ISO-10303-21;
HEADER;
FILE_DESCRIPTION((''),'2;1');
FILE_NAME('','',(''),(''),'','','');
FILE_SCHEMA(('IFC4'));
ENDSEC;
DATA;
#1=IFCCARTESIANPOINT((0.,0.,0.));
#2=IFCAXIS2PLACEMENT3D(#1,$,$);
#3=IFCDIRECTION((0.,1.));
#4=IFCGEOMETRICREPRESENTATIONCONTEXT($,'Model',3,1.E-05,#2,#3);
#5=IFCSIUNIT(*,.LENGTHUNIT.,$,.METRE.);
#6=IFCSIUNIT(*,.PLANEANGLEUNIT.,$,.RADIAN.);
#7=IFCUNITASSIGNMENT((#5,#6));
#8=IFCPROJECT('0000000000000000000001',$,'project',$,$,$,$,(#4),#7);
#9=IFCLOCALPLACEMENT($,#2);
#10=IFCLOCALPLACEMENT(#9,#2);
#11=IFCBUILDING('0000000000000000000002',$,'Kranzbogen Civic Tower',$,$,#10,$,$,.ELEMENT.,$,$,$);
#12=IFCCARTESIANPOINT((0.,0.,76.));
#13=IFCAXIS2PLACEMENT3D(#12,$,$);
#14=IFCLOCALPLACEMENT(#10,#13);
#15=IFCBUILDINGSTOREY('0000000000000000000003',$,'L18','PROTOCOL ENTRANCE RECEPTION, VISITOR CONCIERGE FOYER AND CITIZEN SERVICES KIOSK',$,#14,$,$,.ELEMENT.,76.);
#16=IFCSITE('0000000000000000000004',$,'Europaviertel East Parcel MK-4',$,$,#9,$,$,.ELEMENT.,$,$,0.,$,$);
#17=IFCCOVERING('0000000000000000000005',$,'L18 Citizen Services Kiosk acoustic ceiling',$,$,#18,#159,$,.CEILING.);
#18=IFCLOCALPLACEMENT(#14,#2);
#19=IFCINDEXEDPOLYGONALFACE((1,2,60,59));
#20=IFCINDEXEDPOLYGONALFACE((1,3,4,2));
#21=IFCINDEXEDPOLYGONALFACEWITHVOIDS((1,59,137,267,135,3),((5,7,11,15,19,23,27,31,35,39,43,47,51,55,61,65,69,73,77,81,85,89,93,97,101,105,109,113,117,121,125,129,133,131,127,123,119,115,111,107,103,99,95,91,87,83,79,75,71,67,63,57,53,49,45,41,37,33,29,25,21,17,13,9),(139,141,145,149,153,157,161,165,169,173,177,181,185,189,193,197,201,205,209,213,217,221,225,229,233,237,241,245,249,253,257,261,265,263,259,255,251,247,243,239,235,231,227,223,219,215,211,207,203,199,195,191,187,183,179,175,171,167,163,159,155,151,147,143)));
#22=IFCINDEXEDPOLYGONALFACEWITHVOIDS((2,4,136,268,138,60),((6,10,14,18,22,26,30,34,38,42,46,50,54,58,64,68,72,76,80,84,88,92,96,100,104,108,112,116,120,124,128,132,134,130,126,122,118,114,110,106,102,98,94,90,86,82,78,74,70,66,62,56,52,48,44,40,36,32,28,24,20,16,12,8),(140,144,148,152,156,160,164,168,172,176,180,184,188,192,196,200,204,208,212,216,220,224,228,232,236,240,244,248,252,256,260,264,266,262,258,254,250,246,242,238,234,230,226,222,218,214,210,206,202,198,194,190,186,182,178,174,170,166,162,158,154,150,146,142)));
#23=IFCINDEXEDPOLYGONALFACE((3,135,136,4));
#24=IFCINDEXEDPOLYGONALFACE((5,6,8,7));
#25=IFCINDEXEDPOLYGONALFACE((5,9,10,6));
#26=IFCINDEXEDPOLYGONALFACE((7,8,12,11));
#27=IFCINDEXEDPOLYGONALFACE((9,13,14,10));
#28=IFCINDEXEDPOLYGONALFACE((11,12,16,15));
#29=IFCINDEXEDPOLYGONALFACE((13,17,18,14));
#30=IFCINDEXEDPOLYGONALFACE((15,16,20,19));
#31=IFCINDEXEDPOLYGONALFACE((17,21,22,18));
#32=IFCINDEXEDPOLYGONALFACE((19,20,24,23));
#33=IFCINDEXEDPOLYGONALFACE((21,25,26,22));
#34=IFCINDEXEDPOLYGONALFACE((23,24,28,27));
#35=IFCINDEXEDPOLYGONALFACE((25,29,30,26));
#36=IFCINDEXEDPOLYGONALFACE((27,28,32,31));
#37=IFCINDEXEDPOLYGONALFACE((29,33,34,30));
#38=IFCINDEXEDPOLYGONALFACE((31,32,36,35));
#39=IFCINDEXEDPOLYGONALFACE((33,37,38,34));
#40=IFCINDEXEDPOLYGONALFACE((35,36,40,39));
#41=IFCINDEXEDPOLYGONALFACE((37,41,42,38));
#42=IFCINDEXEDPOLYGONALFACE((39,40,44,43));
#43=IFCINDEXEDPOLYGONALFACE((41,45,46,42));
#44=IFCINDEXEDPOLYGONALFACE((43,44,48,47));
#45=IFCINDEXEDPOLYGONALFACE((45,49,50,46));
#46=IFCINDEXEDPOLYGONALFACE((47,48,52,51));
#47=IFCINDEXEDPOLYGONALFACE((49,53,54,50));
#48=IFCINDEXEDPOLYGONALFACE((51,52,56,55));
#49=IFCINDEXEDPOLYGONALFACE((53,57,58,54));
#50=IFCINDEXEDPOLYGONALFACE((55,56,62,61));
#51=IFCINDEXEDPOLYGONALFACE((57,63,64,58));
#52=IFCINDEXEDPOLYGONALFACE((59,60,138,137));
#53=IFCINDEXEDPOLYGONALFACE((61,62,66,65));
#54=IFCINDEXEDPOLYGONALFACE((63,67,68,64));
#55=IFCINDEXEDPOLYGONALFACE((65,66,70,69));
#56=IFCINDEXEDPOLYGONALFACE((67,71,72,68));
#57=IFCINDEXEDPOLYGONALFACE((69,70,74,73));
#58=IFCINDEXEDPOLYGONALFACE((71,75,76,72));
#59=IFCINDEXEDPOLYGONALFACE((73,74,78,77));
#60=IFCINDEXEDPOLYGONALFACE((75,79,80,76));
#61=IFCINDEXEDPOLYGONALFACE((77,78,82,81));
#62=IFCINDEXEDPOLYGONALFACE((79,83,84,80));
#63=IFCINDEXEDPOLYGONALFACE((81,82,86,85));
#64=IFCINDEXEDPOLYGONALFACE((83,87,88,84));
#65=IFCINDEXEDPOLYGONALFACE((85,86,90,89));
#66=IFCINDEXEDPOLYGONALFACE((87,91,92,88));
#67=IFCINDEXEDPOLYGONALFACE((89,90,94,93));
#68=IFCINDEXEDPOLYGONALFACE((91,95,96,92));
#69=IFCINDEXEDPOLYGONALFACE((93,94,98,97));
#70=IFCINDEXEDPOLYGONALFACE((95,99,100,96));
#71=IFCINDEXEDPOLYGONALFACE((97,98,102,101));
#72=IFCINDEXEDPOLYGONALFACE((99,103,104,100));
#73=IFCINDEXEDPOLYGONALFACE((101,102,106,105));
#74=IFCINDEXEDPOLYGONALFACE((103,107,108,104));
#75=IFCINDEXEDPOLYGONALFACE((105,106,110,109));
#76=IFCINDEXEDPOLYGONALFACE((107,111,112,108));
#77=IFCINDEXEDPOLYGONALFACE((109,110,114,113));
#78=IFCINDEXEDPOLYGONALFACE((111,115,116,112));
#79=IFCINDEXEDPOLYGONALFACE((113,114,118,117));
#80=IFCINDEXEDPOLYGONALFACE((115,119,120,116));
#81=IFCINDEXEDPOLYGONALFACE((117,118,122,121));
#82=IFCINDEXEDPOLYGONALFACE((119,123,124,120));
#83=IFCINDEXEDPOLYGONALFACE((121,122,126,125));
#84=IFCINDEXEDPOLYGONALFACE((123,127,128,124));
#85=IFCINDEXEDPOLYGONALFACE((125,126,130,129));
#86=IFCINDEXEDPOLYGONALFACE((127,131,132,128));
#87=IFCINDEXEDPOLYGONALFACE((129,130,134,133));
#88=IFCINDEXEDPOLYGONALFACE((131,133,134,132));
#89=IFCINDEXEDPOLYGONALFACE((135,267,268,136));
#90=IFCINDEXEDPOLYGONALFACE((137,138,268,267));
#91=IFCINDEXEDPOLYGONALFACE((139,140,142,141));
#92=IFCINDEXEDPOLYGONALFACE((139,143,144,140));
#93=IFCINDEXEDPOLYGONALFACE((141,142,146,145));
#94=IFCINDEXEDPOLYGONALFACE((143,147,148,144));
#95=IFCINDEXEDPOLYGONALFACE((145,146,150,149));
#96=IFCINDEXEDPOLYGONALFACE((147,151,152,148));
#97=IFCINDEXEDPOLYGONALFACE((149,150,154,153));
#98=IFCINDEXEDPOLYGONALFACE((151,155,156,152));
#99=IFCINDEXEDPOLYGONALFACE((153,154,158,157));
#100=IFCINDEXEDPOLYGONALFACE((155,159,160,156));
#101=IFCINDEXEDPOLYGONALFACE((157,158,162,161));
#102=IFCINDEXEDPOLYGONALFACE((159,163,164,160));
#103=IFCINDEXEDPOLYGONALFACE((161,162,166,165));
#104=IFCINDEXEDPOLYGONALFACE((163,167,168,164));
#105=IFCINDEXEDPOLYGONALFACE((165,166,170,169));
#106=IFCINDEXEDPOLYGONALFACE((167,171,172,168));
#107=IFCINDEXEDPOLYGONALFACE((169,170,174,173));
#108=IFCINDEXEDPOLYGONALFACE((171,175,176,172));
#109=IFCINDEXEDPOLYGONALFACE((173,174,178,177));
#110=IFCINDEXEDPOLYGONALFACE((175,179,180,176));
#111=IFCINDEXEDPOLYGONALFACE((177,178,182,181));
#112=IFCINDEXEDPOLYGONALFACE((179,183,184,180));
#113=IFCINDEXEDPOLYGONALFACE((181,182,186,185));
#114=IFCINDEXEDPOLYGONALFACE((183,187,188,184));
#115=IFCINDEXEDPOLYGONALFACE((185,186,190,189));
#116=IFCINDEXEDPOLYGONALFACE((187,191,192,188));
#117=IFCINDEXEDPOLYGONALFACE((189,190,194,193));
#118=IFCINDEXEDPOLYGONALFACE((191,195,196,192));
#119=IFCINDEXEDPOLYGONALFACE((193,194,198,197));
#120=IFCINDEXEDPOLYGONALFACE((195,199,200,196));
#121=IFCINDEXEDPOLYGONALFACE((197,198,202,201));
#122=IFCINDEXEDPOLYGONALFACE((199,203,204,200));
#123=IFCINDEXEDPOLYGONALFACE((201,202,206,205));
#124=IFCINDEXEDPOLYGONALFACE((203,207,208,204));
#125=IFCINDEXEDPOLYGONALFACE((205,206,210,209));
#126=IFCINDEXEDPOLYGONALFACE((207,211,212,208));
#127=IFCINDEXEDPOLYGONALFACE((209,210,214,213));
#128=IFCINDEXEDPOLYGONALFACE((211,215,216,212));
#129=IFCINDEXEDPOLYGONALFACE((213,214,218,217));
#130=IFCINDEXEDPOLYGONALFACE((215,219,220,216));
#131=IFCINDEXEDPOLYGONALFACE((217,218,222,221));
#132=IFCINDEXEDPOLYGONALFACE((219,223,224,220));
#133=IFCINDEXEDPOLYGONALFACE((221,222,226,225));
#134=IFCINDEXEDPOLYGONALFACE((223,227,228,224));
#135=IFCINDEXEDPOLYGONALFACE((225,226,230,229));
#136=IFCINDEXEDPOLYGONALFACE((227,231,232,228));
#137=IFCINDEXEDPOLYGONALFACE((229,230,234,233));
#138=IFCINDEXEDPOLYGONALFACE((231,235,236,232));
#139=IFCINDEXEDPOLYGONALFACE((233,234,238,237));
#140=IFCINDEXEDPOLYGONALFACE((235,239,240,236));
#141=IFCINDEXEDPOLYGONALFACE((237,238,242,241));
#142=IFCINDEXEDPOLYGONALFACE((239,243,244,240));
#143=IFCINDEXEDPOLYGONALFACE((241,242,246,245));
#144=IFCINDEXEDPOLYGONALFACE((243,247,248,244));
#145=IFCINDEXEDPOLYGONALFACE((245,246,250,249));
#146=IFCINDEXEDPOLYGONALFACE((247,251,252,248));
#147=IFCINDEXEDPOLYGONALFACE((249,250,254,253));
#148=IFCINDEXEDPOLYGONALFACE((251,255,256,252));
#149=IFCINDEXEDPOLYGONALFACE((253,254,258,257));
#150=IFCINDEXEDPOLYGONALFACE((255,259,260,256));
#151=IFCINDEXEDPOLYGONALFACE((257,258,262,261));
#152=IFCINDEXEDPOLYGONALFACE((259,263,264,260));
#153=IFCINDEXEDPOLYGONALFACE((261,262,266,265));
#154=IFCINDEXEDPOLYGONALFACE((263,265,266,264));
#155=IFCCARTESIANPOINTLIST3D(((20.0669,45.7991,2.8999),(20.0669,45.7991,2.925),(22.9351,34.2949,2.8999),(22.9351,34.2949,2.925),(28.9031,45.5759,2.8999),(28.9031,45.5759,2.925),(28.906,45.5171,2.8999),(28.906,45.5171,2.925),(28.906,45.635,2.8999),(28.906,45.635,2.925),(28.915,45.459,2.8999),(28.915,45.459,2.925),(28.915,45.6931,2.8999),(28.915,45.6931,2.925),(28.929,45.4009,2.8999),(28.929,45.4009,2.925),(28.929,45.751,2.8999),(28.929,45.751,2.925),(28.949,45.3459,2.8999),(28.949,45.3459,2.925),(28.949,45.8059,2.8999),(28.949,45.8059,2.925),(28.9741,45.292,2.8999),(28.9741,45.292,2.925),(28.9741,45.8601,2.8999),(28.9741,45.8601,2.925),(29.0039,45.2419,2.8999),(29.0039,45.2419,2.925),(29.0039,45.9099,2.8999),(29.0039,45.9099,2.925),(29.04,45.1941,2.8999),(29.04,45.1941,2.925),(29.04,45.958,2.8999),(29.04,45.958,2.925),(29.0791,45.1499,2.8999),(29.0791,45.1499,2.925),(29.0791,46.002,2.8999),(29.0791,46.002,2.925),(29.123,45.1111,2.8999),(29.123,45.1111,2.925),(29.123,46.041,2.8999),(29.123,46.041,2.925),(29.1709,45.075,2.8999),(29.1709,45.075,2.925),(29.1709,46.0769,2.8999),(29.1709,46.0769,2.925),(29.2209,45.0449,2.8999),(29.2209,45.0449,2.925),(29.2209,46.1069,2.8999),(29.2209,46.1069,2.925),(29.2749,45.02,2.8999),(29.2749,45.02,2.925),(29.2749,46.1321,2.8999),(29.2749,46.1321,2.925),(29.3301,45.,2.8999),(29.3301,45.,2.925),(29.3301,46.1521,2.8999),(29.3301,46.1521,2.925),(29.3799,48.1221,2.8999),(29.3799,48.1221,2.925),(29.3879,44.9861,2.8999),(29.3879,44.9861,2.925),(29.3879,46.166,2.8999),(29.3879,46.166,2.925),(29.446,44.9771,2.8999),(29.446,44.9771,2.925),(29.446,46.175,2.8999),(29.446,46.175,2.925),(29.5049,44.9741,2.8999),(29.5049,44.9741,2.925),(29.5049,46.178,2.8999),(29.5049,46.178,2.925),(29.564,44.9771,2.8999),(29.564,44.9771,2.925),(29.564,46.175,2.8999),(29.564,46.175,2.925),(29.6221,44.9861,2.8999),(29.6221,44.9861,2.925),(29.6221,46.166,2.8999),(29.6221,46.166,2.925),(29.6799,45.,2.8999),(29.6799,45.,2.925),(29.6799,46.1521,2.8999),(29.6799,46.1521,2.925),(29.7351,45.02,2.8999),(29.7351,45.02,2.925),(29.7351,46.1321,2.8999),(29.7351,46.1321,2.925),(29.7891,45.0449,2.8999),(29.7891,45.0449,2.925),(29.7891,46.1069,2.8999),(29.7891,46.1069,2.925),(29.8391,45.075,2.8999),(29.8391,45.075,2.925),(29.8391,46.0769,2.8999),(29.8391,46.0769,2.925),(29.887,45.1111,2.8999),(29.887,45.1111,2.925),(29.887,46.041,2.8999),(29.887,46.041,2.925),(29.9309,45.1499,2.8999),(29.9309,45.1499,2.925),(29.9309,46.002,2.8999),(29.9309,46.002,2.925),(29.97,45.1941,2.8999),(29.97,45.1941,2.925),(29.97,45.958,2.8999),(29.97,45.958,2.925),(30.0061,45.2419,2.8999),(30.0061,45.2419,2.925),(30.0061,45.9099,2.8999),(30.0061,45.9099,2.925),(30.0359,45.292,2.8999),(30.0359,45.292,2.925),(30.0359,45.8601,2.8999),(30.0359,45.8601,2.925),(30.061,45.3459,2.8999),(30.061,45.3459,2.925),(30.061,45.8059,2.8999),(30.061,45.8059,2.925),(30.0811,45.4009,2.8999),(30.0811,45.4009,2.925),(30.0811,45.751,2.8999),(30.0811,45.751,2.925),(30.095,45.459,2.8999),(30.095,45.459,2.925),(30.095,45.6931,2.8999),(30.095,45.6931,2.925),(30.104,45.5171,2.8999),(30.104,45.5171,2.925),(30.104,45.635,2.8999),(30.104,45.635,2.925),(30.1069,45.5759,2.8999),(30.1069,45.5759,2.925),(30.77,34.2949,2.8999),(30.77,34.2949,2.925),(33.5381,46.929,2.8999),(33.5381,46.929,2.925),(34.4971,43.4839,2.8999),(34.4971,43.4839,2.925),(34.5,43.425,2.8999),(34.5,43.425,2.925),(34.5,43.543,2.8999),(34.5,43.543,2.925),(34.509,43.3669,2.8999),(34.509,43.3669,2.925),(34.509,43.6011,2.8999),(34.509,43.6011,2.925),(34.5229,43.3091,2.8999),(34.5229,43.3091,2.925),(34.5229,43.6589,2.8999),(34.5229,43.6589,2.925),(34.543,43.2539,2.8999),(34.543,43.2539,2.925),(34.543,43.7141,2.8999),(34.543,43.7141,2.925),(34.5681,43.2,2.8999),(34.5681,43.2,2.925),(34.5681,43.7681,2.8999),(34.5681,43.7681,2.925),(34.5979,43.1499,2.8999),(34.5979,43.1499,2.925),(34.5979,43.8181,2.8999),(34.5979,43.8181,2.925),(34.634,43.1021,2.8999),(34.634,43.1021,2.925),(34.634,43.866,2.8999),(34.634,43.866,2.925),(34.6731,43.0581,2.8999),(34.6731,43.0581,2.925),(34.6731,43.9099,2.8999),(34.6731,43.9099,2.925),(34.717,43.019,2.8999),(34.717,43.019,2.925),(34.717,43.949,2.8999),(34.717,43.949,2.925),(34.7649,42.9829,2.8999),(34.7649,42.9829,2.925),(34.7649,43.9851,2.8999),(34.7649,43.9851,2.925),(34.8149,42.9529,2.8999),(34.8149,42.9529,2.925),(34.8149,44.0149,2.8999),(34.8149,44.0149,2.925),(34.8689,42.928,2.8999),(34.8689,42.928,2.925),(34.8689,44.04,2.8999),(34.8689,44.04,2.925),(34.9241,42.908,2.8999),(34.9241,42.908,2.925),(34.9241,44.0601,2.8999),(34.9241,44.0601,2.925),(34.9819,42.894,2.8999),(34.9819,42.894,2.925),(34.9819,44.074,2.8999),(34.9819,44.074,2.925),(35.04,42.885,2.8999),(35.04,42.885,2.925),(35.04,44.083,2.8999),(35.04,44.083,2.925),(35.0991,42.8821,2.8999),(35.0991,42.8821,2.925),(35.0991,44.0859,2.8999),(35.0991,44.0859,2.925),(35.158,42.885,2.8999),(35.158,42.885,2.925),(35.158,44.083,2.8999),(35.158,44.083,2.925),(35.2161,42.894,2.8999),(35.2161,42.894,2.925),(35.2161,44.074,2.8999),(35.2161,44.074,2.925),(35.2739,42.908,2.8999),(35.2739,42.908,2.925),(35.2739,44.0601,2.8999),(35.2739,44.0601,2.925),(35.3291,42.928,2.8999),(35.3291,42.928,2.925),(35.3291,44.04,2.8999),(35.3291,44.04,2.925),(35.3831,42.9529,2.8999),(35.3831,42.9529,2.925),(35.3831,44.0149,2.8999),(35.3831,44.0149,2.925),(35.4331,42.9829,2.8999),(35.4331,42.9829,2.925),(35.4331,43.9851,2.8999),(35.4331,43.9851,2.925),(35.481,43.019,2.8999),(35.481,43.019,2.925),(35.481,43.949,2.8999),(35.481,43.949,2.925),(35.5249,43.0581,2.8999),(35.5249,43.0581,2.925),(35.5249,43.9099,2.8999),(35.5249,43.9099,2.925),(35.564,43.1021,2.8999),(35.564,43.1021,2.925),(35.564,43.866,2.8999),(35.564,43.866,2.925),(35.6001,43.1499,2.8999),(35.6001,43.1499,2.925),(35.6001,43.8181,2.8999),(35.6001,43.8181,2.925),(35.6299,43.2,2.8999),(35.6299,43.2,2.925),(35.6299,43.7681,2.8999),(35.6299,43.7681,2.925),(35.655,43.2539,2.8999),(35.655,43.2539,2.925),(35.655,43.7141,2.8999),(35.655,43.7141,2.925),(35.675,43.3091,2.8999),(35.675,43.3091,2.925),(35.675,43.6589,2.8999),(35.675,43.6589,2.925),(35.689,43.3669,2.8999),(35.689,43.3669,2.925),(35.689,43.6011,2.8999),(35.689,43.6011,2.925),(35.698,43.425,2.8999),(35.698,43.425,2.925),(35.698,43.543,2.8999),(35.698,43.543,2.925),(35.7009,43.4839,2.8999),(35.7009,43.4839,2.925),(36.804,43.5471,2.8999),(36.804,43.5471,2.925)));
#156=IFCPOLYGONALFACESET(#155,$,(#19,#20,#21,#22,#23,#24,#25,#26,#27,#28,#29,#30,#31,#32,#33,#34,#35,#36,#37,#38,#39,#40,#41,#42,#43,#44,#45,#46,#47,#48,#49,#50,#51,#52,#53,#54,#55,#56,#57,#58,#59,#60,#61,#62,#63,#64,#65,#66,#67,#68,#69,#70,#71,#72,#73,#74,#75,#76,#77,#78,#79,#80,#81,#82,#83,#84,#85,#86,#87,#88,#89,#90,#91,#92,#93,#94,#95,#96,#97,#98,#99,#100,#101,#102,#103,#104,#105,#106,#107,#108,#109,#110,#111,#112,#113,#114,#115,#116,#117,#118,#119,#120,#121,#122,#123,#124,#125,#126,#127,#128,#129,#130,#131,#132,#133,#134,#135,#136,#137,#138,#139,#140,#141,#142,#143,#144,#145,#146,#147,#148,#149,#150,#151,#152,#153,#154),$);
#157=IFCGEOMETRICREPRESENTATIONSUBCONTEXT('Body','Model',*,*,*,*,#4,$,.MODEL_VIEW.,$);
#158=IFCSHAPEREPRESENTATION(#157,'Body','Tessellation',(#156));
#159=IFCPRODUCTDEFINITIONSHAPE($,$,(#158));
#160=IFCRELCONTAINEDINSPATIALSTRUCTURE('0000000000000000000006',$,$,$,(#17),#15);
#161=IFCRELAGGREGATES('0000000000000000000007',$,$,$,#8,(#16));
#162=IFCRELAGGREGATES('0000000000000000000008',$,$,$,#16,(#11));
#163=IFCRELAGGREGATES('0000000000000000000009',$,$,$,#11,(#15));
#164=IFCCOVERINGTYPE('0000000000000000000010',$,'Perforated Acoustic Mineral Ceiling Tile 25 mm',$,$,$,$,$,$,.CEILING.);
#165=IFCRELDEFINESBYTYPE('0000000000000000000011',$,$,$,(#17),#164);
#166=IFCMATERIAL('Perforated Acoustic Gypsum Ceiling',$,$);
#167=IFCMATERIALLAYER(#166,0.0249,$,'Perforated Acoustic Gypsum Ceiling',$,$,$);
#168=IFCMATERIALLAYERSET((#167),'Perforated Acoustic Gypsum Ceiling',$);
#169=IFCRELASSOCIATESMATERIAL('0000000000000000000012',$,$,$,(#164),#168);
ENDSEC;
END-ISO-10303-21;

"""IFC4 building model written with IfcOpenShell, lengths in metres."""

from ifc_helpers import new_model, si_unit, direction, frame, origin, place, context, subcontext, project, spatial, polyline, outline, extrude, material, layer, layer_set, type_object, element, save


model = new_model("IFC4")

# Units and contexts
model_context = context("Model", 3, precision=1e-05, world=origin(), true_north=direction((0.0, 1.0)))
body_context = subcontext(model_context, "Body", "Model", "MODEL_VIEW")
ifc_project = project(units=[si_unit("LENGTHUNIT", "METRE"), si_unit("PLANEANGLEUNIT", "RADIAN")], contexts=[model_context])

# Site, building, storey
site_placement = place(None, origin())
site = spatial("IfcSite", under=ifc_project, at=site_placement, Name="Europaviertel East Parcel MK-4", CompositionType="ELEMENT", RefElevation=0.0)
building_placement = place(site_placement, origin())
building = spatial("IfcBuilding", under=site, at=building_placement, Name="Kranzbogen Civic Tower", CompositionType="ELEMENT")
storey_placement = place(building_placement, frame((0.0, 0.0, 76.0)))
storey = spatial("IfcBuildingStorey", under=building, at=storey_placement, Name="L18", Description="PROTOCOL ENTRANCE RECEPTION, VISITOR CONCIERGE FOYER AND CITIZEN SERVICES KIOSK", CompositionType="ELEMENT", Elevation=76.0)

# Covering
ifc_material_1 = material(Name="Perforated Acoustic Gypsum Ceiling")
ifc_layer_1 = layer(ifc_material_1, 0.0249, Name="Perforated Acoustic Gypsum Ceiling")
ifc_layer_set_1 = layer_set([ifc_layer_1], Name="Perforated Acoustic Gypsum Ceiling")
covering_type = type_object("IfcCoveringType", Name="Perforated Acoustic Mineral Ceiling Tile 25 mm", PredefinedType="CEILING", material=ifc_layer_set_1)
covering_1_placement = place(storey_placement, frame((0.0, 0.0, 2.8999)))
element("IfcCovering", 1, at=covering_1_placement, inside=storey, type_object=covering_type, Name="L18 Citizen Services Kiosk acoustic ceiling", PredefinedType="CEILING", context=body_context, shape_type="SweptSolid", body=[
    extrude(outline(polyline([(33.5381, 46.929), (36.804, 43.5471), (30.77, 34.2949), (22.9351, 34.2949), (20.0669, 45.7991), (29.3799, 48.1221), (33.5381, 46.929)]), holes=[polyline([(35.655, 43.2539), (35.6299, 43.2), (35.6001, 43.1499), (35.564, 43.1021), (35.5249, 43.0581), (35.481, 43.019), (35.4331, 42.9829), (35.3831, 42.9529), (35.3291, 42.928), (35.2739, 42.908), (35.2161, 42.894), (35.158, 42.885), (35.0991, 42.8821), (35.04, 42.885), (34.9819, 42.894), (34.9241, 42.908), (34.8689, 42.928), (34.8149, 42.9529), (34.7649, 42.9829), (34.717, 43.019), (34.6731, 43.0581), (34.634, 43.1021), (34.5979, 43.1499), (34.5681, 43.2), (34.543, 43.2539), (34.5229, 43.3091), (34.509, 43.3669), (34.5, 43.425), (34.4971, 43.4839), (34.5, 43.543), (34.509, 43.6011), (34.5229, 43.6589), (34.543, 43.7141), (34.5681, 43.7681), (34.5979, 43.8181), (34.634, 43.866), (34.6731, 43.9099), (34.717, 43.949), (34.7649, 43.9851), (34.8149, 44.0149), (34.8689, 44.04), (34.9241, 44.0601), (34.9819, 44.074), (35.04, 44.083), (35.0991, 44.0859), (35.158, 44.083), (35.2161, 44.074), (35.2739, 44.0601), (35.3291, 44.04), (35.3831, 44.0149), (35.4331, 43.9851), (35.481, 43.949), (35.5249, 43.9099), (35.564, 43.866), (35.6001, 43.8181), (35.6299, 43.7681), (35.655, 43.7141), (35.675, 43.6589), (35.689, 43.6011), (35.698, 43.543), (35.7009, 43.4839), (35.698, 43.425), (35.689, 43.3669), (35.675, 43.3091), (35.655, 43.2539)]), polyline([(30.061, 45.3459), (30.0359, 45.292), (30.0061, 45.2419), (29.97, 45.1941), (29.9309, 45.1499), (29.887, 45.1111), (29.8391, 45.075), (29.7891, 45.0449), (29.7351, 45.02), (29.6799, 45.0), (29.6221, 44.9861), (29.564, 44.9771), (29.5049, 44.9741), (29.446, 44.9771), (29.3879, 44.9861), (29.3301, 45.0), (29.2749, 45.02), (29.2209, 45.0449), (29.1709, 45.075), (29.123, 45.1111), (29.0791, 45.1499), (29.04, 45.1941), (29.0039, 45.2419), (28.9741, 45.292), (28.949, 45.3459), (28.929, 45.4009), (28.915, 45.459), (28.906, 45.5171), (28.9031, 45.5759), (28.906, 45.635), (28.915, 45.6931), (28.929, 45.751), (28.949, 45.8059), (28.9741, 45.8601), (29.0039, 45.9099), (29.04, 45.958), (29.0791, 46.002), (29.123, 46.041), (29.1709, 46.0769), (29.2209, 46.1069), (29.2749, 46.1321), (29.3301, 46.1521), (29.3879, 46.166), (29.446, 46.175), (29.5049, 46.178), (29.564, 46.175), (29.6221, 46.166), (29.6799, 46.1521), (29.7351, 46.1321), (29.7891, 46.1069), (29.8391, 46.0769), (29.887, 46.041), (29.9309, 46.002), (29.97, 45.958), (30.0061, 45.9099), (30.0359, 45.8601), (30.061, 45.8059), (30.0811, 45.751), (30.095, 45.6931), (30.104, 45.635), (30.1069, 45.5759), (30.104, 45.5171), (30.095, 45.459), (30.0811, 45.4009), (30.061, 45.3459)])]), origin(), (0.0, 0.0, 1.0), 0.0251),
])

save(model, "model.ifc")
